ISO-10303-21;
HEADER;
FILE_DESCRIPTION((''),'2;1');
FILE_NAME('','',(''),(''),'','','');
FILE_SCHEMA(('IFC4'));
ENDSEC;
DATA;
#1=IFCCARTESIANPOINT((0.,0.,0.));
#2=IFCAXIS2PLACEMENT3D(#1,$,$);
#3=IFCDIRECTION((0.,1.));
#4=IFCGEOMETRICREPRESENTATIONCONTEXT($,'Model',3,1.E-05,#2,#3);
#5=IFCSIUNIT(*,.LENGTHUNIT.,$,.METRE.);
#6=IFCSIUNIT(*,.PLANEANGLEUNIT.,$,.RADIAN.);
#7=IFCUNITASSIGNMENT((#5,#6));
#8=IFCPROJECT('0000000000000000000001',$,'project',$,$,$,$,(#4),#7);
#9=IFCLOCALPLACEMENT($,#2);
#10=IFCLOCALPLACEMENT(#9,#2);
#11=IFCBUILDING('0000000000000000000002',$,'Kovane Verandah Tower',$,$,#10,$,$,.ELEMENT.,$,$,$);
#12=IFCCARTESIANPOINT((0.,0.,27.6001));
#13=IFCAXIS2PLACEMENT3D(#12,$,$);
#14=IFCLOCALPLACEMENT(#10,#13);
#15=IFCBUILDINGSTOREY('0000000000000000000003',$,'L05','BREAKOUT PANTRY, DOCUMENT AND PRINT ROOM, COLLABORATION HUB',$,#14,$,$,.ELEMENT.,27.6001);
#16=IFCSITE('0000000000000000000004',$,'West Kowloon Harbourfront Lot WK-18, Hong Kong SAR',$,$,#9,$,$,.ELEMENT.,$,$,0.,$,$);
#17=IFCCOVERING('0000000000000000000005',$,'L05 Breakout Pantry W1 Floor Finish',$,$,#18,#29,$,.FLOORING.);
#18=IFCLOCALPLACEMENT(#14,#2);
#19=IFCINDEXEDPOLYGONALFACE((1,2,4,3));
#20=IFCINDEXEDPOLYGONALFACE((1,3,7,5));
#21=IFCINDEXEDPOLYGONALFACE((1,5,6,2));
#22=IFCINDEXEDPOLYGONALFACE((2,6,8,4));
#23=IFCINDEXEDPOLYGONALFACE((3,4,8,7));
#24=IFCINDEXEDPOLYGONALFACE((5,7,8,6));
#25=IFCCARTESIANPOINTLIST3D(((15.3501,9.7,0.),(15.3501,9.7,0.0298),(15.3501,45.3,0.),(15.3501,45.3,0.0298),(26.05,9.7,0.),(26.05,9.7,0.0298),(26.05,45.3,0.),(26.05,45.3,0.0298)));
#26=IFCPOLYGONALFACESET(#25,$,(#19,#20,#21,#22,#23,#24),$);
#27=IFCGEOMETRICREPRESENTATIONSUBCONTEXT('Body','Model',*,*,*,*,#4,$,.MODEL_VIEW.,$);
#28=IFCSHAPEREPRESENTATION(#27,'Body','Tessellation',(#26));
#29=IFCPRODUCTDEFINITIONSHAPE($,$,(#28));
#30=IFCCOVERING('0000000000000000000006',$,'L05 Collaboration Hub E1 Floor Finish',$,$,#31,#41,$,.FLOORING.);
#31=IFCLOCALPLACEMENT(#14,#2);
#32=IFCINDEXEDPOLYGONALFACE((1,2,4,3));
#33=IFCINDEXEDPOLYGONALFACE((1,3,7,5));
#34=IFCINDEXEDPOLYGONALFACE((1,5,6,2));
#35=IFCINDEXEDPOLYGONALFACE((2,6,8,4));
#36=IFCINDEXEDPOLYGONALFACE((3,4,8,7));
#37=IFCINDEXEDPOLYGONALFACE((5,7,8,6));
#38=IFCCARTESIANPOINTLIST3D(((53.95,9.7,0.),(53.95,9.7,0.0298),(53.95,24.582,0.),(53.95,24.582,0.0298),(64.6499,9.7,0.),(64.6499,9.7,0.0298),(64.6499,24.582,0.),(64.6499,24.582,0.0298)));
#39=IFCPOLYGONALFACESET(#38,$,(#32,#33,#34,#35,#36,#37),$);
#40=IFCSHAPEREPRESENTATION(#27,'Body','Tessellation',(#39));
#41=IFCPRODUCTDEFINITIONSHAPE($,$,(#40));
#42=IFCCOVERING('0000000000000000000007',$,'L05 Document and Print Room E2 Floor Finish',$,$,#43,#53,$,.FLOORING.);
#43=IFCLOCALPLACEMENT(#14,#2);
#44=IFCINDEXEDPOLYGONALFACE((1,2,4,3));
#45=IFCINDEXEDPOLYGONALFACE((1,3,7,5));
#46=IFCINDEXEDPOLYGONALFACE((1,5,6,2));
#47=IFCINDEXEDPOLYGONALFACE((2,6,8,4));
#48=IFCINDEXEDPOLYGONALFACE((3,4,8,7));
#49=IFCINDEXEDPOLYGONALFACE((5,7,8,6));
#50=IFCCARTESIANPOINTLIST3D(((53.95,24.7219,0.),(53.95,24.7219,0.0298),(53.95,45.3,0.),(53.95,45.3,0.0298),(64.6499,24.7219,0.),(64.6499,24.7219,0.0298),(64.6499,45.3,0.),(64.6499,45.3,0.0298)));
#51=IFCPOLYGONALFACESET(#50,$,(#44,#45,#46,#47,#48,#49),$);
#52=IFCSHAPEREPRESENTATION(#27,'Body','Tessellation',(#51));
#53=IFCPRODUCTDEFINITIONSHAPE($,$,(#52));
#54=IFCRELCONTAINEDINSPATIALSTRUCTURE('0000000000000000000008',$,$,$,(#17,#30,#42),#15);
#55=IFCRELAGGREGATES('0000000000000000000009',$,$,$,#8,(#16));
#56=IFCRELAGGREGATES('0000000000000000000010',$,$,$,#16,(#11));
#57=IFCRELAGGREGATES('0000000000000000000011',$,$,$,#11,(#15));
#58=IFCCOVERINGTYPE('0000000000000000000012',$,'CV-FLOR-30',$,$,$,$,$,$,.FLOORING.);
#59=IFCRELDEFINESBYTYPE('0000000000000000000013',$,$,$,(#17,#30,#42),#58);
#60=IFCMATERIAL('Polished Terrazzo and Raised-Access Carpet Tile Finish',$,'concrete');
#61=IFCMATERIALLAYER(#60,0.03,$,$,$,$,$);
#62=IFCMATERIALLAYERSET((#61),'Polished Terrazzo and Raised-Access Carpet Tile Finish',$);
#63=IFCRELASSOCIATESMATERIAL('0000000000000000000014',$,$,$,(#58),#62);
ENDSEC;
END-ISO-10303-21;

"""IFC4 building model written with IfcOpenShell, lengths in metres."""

from ifc_helpers import new_model, si_unit, direction, frame, origin, place, context, subcontext, project, spatial, polyline, outline, extrude, material, layer, layer_set, type_object, element, save


model = new_model("IFC4")

# Units and contexts
model_context = context("Model", 3, precision=1e-05, world=origin(), true_north=direction((0.0, 1.0)))
body_context = subcontext(model_context, "Body", "Model", "MODEL_VIEW")
ifc_project = project(units=[si_unit("LENGTHUNIT", "METRE"), si_unit("PLANEANGLEUNIT", "RADIAN")], contexts=[model_context])

# Site, building, storey
site_placement = place(None, origin())
site = spatial("IfcSite", under=ifc_project, at=site_placement, Name="West Kowloon Harbourfront Lot WK-18, Hong Kong SAR", CompositionType="ELEMENT", RefElevation=0.0)
building_placement = place(site_placement, origin())
building = spatial("IfcBuilding", under=site, at=building_placement, Name="Kovane Verandah Tower", CompositionType="ELEMENT")
storey_placement = place(building_placement, frame((0.0, 0.0, 27.6001)))
storey = spatial("IfcBuildingStorey", under=building, at=storey_placement, Name="L05", Description="BREAKOUT PANTRY, DOCUMENT AND PRINT ROOM, COLLABORATION HUB", CompositionType="ELEMENT", Elevation=27.6001)

# Coverings
ifc_material_1 = material(Name="Polished Terrazzo and Raised-Access Carpet Tile Finish", Category="concrete")
ifc_layer_1 = layer(ifc_material_1, 0.03)
ifc_layer_set_1 = layer_set([ifc_layer_1], Name="Polished Terrazzo and Raised-Access Carpet Tile Finish")
covering_type_1 = type_object("IfcCoveringType", Name="CV-FLOR-30", PredefinedType="FLOORING", material=ifc_layer_set_1)
covering_1_placement = place(storey_placement, origin())
element("IfcCovering", 1, at=covering_1_placement, inside=storey, type_object=covering_type_1, Name="L05 Breakout Pantry W1 Floor Finish", PredefinedType="FLOORING", context=body_context, shape_type="SweptSolid", body=[
    extrude(outline(polyline([(15.3501, 9.7), (26.05, 9.7), (26.05, 45.3), (15.3501, 45.3), (15.3501, 9.7)])), origin(), (0.0, 0.0, 1.0), 0.0298),
])
covering_2_placement = place(storey_placement, origin())
element("IfcCovering", 2, at=covering_2_placement, inside=storey, type_object=covering_type_1, Name="L05 Collaboration Hub E1 Floor Finish", PredefinedType="FLOORING", context=body_context, shape_type="SweptSolid", body=[
    extrude(outline(polyline([(53.95, 9.7), (64.6499, 9.7), (64.6499, 24.582), (53.95, 24.582), (53.95, 9.7)])), origin(), (0.0, 0.0, 1.0), 0.0298),
])
covering_3_placement = place(storey_placement, origin())
element("IfcCovering", 3, at=covering_3_placement, inside=storey, type_object=covering_type_1, Name="L05 Document and Print Room E2 Floor Finish", PredefinedType="FLOORING", context=body_context, shape_type="SweptSolid", body=[
    extrude(outline(polyline([(53.95, 24.7219), (64.6499, 24.7219), (64.6499, 45.3), (53.95, 45.3), (53.95, 24.7219)])), origin(), (0.0, 0.0, 1.0), 0.0298),
])

save(model, "model.ifc")
